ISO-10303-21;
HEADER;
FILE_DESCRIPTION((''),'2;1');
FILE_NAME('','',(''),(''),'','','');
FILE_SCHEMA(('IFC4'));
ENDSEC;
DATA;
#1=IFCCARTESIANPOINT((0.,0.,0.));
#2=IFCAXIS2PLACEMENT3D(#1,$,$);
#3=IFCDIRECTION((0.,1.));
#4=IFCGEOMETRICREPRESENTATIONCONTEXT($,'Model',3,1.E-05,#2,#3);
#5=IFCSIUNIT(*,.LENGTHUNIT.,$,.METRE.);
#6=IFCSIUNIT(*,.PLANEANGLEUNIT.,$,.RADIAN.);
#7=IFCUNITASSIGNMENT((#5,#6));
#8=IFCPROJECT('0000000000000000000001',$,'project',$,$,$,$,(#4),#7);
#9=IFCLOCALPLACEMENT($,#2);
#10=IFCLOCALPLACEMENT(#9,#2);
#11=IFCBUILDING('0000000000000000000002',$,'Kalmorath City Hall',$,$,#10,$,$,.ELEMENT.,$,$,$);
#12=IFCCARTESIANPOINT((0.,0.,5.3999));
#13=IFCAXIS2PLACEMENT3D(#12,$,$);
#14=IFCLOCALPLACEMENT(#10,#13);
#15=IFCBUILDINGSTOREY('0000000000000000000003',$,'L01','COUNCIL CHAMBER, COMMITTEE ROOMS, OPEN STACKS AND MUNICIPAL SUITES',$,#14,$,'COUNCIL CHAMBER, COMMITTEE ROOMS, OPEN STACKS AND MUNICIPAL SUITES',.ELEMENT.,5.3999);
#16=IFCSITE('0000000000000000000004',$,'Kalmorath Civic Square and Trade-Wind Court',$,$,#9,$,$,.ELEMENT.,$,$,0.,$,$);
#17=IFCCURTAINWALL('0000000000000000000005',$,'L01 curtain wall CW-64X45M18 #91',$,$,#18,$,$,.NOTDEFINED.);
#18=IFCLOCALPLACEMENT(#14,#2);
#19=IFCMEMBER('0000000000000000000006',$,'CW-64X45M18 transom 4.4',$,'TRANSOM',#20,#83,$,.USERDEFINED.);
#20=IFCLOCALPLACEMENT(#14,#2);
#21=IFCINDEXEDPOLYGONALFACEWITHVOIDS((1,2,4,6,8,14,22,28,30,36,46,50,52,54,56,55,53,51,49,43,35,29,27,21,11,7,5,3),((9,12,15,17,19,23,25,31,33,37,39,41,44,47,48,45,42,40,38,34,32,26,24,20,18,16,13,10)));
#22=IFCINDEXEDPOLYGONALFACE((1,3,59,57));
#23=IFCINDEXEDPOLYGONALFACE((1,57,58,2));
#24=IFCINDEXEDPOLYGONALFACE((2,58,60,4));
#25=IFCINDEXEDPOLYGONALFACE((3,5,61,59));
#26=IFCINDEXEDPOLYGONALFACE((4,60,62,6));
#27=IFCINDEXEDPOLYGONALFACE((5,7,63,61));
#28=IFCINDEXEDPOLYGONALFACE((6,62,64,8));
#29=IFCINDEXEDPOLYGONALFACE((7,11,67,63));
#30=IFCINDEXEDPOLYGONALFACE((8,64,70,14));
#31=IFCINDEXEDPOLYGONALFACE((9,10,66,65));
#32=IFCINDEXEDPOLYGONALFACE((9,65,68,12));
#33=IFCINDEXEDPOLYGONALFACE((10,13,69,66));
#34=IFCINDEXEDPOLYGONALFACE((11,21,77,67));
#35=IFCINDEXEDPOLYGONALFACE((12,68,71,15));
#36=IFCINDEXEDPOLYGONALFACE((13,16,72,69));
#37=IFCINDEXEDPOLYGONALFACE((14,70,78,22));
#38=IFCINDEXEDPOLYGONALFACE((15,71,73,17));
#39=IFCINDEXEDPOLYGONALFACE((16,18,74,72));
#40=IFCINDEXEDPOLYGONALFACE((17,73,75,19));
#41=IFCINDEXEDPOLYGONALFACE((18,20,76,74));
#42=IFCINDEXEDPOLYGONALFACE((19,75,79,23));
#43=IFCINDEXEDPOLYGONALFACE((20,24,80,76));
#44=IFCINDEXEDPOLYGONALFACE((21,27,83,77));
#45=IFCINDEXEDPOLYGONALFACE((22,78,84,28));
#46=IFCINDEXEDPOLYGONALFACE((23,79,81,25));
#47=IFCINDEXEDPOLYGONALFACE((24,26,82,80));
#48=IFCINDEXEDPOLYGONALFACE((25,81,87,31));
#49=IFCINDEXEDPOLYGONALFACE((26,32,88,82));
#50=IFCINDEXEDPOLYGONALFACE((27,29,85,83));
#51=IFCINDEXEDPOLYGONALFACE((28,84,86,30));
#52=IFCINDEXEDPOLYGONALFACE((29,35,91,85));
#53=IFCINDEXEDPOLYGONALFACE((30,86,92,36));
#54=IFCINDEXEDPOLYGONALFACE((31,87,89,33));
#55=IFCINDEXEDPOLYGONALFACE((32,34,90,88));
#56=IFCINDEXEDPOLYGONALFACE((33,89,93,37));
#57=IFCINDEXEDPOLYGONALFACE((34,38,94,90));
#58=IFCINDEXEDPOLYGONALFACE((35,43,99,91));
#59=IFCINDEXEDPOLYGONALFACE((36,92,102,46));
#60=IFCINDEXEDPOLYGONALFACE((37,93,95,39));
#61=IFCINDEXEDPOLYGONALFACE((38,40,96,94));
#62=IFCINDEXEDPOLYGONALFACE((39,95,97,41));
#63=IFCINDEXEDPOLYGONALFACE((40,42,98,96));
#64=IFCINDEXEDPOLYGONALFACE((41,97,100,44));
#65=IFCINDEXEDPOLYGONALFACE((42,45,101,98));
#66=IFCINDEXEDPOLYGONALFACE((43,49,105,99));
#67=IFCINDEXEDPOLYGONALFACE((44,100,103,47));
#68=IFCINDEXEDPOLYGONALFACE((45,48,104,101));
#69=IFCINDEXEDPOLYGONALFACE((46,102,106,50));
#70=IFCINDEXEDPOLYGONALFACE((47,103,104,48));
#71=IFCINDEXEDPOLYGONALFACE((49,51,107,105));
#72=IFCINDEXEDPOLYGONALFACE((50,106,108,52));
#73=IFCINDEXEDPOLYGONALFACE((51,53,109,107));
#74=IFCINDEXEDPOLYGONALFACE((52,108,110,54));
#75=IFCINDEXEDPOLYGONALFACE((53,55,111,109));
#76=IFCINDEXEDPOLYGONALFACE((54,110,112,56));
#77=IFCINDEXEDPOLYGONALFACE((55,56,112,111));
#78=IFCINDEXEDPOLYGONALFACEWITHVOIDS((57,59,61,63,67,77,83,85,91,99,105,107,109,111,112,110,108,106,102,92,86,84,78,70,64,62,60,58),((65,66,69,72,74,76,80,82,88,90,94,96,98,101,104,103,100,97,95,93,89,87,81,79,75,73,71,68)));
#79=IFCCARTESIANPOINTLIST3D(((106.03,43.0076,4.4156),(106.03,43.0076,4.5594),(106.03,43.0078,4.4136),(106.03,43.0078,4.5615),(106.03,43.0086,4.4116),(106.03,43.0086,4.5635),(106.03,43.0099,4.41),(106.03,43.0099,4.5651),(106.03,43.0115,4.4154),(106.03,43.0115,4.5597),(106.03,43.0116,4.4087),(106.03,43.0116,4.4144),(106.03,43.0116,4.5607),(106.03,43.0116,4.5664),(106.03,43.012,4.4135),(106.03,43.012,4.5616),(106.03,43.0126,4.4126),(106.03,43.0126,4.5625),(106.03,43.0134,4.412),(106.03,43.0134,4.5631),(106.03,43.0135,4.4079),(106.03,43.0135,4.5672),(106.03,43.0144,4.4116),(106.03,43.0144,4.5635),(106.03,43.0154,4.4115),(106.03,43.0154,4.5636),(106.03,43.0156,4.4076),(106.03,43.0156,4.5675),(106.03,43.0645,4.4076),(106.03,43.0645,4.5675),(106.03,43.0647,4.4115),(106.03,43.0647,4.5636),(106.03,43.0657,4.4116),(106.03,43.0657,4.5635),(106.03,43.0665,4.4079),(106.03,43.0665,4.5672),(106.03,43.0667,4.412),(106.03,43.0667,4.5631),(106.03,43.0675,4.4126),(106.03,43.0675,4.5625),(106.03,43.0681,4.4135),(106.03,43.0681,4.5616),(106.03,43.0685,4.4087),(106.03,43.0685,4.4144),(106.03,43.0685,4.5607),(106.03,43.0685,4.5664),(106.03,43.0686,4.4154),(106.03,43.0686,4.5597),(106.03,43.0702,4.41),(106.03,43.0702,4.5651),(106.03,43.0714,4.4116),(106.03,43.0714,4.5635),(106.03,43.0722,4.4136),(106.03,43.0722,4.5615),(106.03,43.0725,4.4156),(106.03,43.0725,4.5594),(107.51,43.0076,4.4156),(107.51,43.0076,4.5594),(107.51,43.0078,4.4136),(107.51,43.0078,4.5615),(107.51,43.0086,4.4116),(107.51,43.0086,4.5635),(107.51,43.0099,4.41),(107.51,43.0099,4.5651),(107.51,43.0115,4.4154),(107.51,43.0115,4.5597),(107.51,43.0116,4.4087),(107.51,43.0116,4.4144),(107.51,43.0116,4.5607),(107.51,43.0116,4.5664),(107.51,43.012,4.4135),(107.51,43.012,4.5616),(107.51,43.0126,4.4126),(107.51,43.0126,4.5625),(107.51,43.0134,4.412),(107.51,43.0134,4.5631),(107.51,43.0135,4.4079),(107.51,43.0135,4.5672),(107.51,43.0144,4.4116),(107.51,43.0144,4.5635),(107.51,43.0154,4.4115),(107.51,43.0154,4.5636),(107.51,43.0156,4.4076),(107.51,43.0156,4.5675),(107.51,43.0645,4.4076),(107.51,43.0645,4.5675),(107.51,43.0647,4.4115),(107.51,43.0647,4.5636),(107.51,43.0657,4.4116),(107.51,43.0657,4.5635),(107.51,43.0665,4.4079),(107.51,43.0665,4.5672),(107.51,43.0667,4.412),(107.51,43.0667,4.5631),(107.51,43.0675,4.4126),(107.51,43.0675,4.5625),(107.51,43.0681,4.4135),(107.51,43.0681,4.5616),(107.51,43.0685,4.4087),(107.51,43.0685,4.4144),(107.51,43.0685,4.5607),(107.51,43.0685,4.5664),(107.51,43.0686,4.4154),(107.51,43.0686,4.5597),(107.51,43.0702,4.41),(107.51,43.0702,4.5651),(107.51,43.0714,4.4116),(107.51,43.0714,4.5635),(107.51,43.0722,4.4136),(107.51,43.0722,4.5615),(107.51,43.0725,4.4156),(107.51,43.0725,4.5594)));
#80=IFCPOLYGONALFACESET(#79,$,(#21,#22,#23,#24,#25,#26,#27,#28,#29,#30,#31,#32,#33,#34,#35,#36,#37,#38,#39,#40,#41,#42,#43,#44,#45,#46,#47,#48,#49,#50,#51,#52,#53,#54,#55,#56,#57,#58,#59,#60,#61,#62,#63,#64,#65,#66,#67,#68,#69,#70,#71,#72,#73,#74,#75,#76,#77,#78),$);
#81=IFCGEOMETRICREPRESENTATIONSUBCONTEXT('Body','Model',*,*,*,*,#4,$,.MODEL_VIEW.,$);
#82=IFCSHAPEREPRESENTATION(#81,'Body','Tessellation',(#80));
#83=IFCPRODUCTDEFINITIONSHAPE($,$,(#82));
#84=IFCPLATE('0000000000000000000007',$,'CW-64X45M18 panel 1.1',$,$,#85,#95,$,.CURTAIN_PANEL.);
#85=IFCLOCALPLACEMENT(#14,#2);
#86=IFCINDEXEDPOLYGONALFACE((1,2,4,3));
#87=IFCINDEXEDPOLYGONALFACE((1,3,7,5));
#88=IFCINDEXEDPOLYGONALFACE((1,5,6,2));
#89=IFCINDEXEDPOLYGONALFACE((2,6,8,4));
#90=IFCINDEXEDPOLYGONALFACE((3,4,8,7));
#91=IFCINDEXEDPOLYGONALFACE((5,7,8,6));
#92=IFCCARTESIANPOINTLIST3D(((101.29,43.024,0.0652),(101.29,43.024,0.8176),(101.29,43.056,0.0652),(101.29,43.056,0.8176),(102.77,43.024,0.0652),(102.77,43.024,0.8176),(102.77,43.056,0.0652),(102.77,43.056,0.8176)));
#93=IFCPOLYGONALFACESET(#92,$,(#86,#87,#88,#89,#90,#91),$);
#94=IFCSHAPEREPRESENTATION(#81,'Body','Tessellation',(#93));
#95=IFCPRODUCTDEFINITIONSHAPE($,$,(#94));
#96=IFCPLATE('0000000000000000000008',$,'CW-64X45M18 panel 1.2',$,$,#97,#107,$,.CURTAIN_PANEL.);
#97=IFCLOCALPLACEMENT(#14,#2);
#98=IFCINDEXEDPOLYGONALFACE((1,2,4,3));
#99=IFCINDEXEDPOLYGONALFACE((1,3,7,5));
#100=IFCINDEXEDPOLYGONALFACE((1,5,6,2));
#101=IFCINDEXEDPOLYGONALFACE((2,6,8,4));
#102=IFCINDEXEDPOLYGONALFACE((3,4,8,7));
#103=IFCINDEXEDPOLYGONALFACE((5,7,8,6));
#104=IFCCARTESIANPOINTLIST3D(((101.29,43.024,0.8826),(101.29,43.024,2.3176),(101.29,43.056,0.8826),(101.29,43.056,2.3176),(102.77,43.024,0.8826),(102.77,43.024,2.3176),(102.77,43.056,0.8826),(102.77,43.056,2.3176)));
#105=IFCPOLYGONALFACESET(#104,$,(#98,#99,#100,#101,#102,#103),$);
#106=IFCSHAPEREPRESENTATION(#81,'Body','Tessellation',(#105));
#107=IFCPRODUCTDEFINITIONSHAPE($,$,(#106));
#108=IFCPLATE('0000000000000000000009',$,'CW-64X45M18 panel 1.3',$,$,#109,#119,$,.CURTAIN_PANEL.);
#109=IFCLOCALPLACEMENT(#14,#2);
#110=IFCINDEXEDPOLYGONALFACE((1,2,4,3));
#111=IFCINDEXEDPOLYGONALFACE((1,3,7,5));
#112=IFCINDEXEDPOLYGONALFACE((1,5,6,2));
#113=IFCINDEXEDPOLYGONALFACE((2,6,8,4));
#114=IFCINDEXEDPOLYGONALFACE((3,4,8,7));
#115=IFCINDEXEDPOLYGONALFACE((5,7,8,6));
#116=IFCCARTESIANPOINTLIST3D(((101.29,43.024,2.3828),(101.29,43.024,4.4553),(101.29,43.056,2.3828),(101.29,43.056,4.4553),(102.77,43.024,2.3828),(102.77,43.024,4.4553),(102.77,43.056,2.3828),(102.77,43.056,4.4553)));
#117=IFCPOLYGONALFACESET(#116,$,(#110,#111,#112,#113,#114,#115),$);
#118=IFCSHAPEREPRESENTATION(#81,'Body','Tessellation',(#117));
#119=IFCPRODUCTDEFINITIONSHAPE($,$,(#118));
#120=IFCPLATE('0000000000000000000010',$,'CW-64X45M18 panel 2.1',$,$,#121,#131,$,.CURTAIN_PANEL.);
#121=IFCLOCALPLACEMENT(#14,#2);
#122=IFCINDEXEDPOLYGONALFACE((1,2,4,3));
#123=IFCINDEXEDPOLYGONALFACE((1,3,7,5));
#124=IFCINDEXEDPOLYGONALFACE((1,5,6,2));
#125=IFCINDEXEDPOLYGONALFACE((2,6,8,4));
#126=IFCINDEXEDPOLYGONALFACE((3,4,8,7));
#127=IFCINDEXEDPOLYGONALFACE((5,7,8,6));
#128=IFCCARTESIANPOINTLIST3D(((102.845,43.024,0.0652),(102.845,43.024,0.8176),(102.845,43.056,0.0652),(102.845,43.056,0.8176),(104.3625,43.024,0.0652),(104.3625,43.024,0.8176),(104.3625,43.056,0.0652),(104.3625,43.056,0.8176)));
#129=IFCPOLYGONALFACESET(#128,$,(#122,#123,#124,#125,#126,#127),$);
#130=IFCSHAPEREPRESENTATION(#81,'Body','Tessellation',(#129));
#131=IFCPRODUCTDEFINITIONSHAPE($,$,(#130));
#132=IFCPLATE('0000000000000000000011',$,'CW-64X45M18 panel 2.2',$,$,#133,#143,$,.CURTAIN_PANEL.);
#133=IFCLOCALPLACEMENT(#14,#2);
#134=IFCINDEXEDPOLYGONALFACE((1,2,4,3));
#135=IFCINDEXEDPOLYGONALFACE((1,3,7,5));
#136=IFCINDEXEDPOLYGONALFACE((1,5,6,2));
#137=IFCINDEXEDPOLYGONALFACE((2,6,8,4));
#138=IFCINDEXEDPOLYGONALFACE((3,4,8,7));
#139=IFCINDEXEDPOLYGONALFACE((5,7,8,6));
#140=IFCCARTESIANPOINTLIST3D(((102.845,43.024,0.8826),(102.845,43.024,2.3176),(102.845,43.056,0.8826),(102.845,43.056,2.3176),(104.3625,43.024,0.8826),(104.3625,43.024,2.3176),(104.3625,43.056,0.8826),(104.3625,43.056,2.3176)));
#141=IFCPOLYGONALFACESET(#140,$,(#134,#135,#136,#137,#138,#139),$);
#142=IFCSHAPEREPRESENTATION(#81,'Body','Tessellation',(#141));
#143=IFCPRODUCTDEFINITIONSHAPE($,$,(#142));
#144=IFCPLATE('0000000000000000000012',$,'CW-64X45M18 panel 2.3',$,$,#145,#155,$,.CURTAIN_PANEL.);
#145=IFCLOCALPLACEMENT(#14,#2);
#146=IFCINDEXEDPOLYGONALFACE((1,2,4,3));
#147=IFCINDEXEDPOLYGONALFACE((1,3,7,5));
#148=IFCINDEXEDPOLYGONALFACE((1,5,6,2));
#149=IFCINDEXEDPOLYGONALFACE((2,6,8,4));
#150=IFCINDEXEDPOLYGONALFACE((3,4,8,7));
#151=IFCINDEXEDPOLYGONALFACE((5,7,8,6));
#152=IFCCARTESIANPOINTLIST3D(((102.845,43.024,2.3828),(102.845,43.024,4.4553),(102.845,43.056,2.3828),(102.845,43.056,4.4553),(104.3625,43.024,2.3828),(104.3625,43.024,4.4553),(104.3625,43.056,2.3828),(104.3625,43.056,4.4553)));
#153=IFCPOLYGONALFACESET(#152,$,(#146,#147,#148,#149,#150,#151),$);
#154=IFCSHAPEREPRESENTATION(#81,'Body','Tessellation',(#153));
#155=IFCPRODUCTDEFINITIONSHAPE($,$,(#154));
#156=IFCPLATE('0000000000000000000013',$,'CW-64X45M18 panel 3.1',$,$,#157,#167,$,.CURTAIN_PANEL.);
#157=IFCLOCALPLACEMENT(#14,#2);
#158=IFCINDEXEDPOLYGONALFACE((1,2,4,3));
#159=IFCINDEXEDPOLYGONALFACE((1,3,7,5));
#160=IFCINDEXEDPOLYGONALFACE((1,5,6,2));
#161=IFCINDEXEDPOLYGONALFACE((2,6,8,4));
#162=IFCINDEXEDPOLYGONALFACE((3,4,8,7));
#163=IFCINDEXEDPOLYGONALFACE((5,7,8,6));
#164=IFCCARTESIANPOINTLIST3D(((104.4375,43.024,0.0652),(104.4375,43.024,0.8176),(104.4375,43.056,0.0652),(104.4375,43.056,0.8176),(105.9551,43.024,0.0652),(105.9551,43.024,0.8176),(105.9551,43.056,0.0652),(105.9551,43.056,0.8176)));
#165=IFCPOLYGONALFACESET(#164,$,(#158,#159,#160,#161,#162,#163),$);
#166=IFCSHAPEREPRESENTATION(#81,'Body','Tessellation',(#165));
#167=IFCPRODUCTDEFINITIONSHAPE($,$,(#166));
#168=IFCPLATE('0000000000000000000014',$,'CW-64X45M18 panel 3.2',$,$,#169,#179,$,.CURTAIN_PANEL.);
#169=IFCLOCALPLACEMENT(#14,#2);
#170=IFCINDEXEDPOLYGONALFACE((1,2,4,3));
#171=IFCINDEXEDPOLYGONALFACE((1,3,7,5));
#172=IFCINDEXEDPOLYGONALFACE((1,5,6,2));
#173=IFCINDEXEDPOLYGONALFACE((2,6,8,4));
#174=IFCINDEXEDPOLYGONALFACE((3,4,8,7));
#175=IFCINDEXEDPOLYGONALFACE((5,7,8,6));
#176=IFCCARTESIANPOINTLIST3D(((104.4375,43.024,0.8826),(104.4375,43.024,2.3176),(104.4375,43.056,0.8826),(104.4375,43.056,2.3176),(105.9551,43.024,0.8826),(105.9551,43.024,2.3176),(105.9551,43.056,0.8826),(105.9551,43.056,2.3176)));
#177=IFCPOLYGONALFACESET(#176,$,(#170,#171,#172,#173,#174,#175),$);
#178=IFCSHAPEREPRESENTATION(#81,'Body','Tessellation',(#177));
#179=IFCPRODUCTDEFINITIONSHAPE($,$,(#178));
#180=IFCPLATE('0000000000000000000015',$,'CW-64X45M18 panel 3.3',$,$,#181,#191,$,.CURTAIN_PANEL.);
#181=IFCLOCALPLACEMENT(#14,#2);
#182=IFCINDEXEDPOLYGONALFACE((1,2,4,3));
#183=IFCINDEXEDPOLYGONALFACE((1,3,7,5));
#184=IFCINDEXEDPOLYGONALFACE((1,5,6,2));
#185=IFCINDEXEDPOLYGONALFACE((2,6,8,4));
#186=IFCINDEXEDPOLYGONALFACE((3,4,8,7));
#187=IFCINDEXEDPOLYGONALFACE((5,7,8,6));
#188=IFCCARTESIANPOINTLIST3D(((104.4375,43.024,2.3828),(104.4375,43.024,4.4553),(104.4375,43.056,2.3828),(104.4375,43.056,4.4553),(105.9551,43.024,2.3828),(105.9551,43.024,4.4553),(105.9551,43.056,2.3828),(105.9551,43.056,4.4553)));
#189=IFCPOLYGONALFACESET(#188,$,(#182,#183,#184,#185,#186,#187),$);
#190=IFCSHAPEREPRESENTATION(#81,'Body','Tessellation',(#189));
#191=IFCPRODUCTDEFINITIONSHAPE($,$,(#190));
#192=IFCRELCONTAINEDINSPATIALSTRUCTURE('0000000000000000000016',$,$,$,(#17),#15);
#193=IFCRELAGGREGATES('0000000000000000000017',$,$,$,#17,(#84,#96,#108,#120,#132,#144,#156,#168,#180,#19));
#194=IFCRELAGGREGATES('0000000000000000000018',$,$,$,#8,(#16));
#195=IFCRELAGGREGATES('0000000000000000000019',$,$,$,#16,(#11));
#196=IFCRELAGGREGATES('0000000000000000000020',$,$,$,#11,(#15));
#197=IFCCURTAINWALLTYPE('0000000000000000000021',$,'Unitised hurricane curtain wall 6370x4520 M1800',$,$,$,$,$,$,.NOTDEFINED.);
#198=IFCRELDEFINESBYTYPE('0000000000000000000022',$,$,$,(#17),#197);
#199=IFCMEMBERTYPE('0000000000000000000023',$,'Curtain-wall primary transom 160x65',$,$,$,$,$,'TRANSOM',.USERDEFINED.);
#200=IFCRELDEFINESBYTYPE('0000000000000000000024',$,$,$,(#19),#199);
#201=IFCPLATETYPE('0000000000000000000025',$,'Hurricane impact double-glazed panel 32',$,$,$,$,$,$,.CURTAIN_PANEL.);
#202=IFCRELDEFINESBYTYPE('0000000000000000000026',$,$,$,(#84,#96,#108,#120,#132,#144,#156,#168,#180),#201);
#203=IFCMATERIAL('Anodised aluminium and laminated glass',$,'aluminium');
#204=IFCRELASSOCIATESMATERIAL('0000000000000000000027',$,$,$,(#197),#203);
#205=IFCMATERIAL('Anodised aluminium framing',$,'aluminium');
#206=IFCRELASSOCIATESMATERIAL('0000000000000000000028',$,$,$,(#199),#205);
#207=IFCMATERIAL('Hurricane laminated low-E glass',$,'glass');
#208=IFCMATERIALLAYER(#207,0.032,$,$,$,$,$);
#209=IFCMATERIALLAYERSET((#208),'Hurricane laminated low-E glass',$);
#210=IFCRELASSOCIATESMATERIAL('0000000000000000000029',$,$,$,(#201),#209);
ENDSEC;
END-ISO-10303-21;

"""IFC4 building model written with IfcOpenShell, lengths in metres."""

from ifc_helpers import new_model, si_unit, direction, frame, origin, origin_2d, place, context, subcontext, project, spatial, rectangle, hollow_rectangle, extrude, material, layer, layer_set, material_profile, profile_set, type_object, element, aggregate, save


model = new_model("IFC4")

# Units and contexts
model_context = context("Model", 3, precision=1e-05, world=origin(), true_north=direction((0.0, 1.0)))
body_context = subcontext(model_context, "Body", "Model", "MODEL_VIEW")
ifc_project = project(units=[si_unit("LENGTHUNIT", "METRE"), si_unit("PLANEANGLEUNIT", "RADIAN")], contexts=[model_context])

# Site, building, storey
site_placement = place(None, origin())
site = spatial("IfcSite", under=ifc_project, at=site_placement, Name="Kalmorath Civic Square and Trade-Wind Court", CompositionType="ELEMENT", RefElevation=0.0)
building_placement = place(site_placement, origin())
building = spatial("IfcBuilding", under=site, at=building_placement, Name="Kalmorath City Hall", CompositionType="ELEMENT")
storey_placement = place(building_placement, frame((0.0, 0.0, 5.3999)))
storey = spatial("IfcBuildingStorey", under=building, at=storey_placement, Name="L01", Description="COUNCIL CHAMBER, COMMITTEE ROOMS, OPEN STACKS AND MUNICIPAL SUITES", LongName="COUNCIL CHAMBER, COMMITTEE ROOMS, OPEN STACKS AND MUNICIPAL SUITES", CompositionType="ELEMENT", Elevation=5.3999)

# Curtain wall, member, plates
ifc_material_1 = material(Name="Anodised aluminium and laminated glass", Category="aluminium")
curtain_wall_type = type_object("IfcCurtainWallType", Name="Unitised hurricane curtain wall 6370x4520 M1800", PredefinedType="NOTDEFINED", material=ifc_material_1)
curtain_wall_placement = place(storey_placement, origin())
curtain_wall = element("IfcCurtainWall", 1, at=curtain_wall_placement, inside=storey, type_object=curtain_wall_type, Name="L01 curtain wall CW-64X45M18 #91", PredefinedType="NOTDEFINED")
ifc_material_2 = material(Name="Anodised aluminium framing", Category="aluminium")
ifc_material_profile_1 = material_profile(ifc_material_2, hollow_rectangle(XDim=0.0649, YDim=0.1599, WallThickness=0.0039, InnerFilletRadius=0.0039, OuterFilletRadius=0.0081, at=origin_2d()), Name="ALU-TRN-160X65X4")
ifc_profile_set_1 = profile_set([ifc_material_profile_1], Name="Anodised aluminium framing")
member_type_1 = type_object("IfcMemberType", Name="Curtain-wall primary transom 160x65", ElementType="TRANSOM", PredefinedType="USERDEFINED", material=ifc_profile_set_1)
member_1_placement = place(storey_placement, frame((106.03, 43.04, 4.4875), z_axis=(1.0, 0.0, 0.0), x_axis=(0.0, 1.0, 0.0)))
member_1 = element("IfcMember", 2, at=member_1_placement, type_object=member_type_1, Name="CW-64X45M18 transom 4.4", ObjectType="TRANSOM", PredefinedType="USERDEFINED", context=body_context, shape_type="SweptSolid", body=[
    extrude(hollow_rectangle(XDim=0.0649, YDim=0.1599, WallThickness=0.0039, InnerFilletRadius=0.0039, OuterFilletRadius=0.0081, at=origin_2d()), origin(), (0.0, 0.0, 1.0), 1.48),
])
ifc_material_3 = material(Name="Hurricane laminated low-E glass", Category="glass")
ifc_layer = layer(ifc_material_3, 0.032)
ifc_layer_set = layer_set([ifc_layer], Name="Hurricane laminated low-E glass")
plate_type = type_object("IfcPlateType", Name="Hurricane impact double-glazed panel 32", PredefinedType="CURTAIN_PANEL", material=ifc_layer_set)
plate_1_placement = place(storey_placement, frame((102.03, 43.04, 0.0652), z_axis=(0.0, 0.0, 1.0), x_axis=(1.0, 0.0, 0.0)))
plate_1 = element("IfcPlate", 3, at=plate_1_placement, type_object=plate_type, Name="CW-64X45M18 panel 1.1", PredefinedType="CURTAIN_PANEL", context=body_context, shape_type="SweptSolid", body=[
    extrude(rectangle(XDim=1.48, YDim=0.032, at=origin_2d()), origin(), (0.0, 0.0, 1.0), 0.7524),
])
plate_2_placement = place(storey_placement, frame((102.03, 43.04, 0.8826), z_axis=(0.0, 0.0, 1.0), x_axis=(1.0, 0.0, 0.0)))
plate_2 = element("IfcPlate", 4, at=plate_2_placement, type_object=plate_type, Name="CW-64X45M18 panel 1.2", PredefinedType="CURTAIN_PANEL", context=body_context, shape_type="SweptSolid", body=[
    extrude(rectangle(XDim=1.48, YDim=0.032, at=origin_2d()), origin(), (0.0, 0.0, 1.0), 1.4351),
])
plate_3_placement = place(storey_placement, frame((102.03, 43.04, 2.3828), z_axis=(0.0, 0.0, 1.0), x_axis=(1.0, 0.0, 0.0)))
plate_3 = element("IfcPlate", 5, at=plate_3_placement, type_object=plate_type, Name="CW-64X45M18 panel 1.3", PredefinedType="CURTAIN_PANEL", context=body_context, shape_type="SweptSolid", body=[
    extrude(rectangle(XDim=1.48, YDim=0.032, at=origin_2d()), origin(), (0.0, 0.0, 1.0), 2.0725),
])
plate_4_placement = place(storey_placement, frame((103.6038, 43.04, 0.0652), z_axis=(0.0, 0.0, 1.0), x_axis=(1.0, 0.0, 0.0)))
plate_4 = element("IfcPlate", 6, at=plate_4_placement, type_object=plate_type, Name="CW-64X45M18 panel 2.1", PredefinedType="CURTAIN_PANEL", context=body_context, shape_type="SweptSolid", body=[
    extrude(rectangle(XDim=1.5176, YDim=0.032, at=origin_2d()), origin(), (0.0, 0.0, 1.0), 0.7524),
])
plate_5_placement = place(storey_placement, frame((103.6038, 43.04, 0.8826), z_axis=(0.0, 0.0, 1.0), x_axis=(1.0, 0.0, 0.0)))
plate_5 = element("IfcPlate", 7, at=plate_5_placement, type_object=plate_type, Name="CW-64X45M18 panel 2.2", PredefinedType="CURTAIN_PANEL", context=body_context, shape_type="SweptSolid", body=[
    extrude(rectangle(XDim=1.5176, YDim=0.032, at=origin_2d()), origin(), (0.0, 0.0, 1.0), 1.4351),
])
plate_6_placement = place(storey_placement, frame((103.6038, 43.04, 2.3828), z_axis=(0.0, 0.0, 1.0), x_axis=(1.0, 0.0, 0.0)))
plate_6 = element("IfcPlate", 8, at=plate_6_placement, type_object=plate_type, Name="CW-64X45M18 panel 2.3", PredefinedType="CURTAIN_PANEL", context=body_context, shape_type="SweptSolid", body=[
    extrude(rectangle(XDim=1.5176, YDim=0.032, at=origin_2d()), origin(), (0.0, 0.0, 1.0), 2.0725),
])
plate_7_placement = place(storey_placement, frame((105.1963, 43.04, 0.0652), z_axis=(0.0, 0.0, 1.0), x_axis=(1.0, 0.0, 0.0)))
plate_7 = element("IfcPlate", 9, at=plate_7_placement, type_object=plate_type, Name="CW-64X45M18 panel 3.1", PredefinedType="CURTAIN_PANEL", context=body_context, shape_type="SweptSolid", body=[
    extrude(rectangle(XDim=1.5176, YDim=0.032, at=origin_2d()), origin(), (0.0, 0.0, 1.0), 0.7524),
])
plate_8_placement = place(storey_placement, frame((105.1963, 43.04, 0.8826), z_axis=(0.0, 0.0, 1.0), x_axis=(1.0, 0.0, 0.0)))
plate_8 = element("IfcPlate", 10, at=plate_8_placement, type_object=plate_type, Name="CW-64X45M18 panel 3.2", PredefinedType="CURTAIN_PANEL", context=body_context, shape_type="SweptSolid", body=[
    extrude(rectangle(XDim=1.5176, YDim=0.032, at=origin_2d()), origin(), (0.0, 0.0, 1.0), 1.4351),
])
plate_9_placement = place(storey_placement, frame((105.1963, 43.04, 2.3828), z_axis=(0.0, 0.0, 1.0), x_axis=(1.0, 0.0, 0.0)))
plate_9 = element("IfcPlate", 11, at=plate_9_placement, type_object=plate_type, Name="CW-64X45M18 panel 3.3", PredefinedType="CURTAIN_PANEL", context=body_context, shape_type="SweptSolid", body=[
    extrude(rectangle(XDim=1.5176, YDim=0.032, at=origin_2d()), origin(), (0.0, 0.0, 1.0), 2.0725),
])
aggregate(curtain_wall, [plate_1, plate_2, plate_3, plate_4, plate_5, plate_6, plate_7, plate_8, plate_9, member_1])

save(model, "model.ifc")
